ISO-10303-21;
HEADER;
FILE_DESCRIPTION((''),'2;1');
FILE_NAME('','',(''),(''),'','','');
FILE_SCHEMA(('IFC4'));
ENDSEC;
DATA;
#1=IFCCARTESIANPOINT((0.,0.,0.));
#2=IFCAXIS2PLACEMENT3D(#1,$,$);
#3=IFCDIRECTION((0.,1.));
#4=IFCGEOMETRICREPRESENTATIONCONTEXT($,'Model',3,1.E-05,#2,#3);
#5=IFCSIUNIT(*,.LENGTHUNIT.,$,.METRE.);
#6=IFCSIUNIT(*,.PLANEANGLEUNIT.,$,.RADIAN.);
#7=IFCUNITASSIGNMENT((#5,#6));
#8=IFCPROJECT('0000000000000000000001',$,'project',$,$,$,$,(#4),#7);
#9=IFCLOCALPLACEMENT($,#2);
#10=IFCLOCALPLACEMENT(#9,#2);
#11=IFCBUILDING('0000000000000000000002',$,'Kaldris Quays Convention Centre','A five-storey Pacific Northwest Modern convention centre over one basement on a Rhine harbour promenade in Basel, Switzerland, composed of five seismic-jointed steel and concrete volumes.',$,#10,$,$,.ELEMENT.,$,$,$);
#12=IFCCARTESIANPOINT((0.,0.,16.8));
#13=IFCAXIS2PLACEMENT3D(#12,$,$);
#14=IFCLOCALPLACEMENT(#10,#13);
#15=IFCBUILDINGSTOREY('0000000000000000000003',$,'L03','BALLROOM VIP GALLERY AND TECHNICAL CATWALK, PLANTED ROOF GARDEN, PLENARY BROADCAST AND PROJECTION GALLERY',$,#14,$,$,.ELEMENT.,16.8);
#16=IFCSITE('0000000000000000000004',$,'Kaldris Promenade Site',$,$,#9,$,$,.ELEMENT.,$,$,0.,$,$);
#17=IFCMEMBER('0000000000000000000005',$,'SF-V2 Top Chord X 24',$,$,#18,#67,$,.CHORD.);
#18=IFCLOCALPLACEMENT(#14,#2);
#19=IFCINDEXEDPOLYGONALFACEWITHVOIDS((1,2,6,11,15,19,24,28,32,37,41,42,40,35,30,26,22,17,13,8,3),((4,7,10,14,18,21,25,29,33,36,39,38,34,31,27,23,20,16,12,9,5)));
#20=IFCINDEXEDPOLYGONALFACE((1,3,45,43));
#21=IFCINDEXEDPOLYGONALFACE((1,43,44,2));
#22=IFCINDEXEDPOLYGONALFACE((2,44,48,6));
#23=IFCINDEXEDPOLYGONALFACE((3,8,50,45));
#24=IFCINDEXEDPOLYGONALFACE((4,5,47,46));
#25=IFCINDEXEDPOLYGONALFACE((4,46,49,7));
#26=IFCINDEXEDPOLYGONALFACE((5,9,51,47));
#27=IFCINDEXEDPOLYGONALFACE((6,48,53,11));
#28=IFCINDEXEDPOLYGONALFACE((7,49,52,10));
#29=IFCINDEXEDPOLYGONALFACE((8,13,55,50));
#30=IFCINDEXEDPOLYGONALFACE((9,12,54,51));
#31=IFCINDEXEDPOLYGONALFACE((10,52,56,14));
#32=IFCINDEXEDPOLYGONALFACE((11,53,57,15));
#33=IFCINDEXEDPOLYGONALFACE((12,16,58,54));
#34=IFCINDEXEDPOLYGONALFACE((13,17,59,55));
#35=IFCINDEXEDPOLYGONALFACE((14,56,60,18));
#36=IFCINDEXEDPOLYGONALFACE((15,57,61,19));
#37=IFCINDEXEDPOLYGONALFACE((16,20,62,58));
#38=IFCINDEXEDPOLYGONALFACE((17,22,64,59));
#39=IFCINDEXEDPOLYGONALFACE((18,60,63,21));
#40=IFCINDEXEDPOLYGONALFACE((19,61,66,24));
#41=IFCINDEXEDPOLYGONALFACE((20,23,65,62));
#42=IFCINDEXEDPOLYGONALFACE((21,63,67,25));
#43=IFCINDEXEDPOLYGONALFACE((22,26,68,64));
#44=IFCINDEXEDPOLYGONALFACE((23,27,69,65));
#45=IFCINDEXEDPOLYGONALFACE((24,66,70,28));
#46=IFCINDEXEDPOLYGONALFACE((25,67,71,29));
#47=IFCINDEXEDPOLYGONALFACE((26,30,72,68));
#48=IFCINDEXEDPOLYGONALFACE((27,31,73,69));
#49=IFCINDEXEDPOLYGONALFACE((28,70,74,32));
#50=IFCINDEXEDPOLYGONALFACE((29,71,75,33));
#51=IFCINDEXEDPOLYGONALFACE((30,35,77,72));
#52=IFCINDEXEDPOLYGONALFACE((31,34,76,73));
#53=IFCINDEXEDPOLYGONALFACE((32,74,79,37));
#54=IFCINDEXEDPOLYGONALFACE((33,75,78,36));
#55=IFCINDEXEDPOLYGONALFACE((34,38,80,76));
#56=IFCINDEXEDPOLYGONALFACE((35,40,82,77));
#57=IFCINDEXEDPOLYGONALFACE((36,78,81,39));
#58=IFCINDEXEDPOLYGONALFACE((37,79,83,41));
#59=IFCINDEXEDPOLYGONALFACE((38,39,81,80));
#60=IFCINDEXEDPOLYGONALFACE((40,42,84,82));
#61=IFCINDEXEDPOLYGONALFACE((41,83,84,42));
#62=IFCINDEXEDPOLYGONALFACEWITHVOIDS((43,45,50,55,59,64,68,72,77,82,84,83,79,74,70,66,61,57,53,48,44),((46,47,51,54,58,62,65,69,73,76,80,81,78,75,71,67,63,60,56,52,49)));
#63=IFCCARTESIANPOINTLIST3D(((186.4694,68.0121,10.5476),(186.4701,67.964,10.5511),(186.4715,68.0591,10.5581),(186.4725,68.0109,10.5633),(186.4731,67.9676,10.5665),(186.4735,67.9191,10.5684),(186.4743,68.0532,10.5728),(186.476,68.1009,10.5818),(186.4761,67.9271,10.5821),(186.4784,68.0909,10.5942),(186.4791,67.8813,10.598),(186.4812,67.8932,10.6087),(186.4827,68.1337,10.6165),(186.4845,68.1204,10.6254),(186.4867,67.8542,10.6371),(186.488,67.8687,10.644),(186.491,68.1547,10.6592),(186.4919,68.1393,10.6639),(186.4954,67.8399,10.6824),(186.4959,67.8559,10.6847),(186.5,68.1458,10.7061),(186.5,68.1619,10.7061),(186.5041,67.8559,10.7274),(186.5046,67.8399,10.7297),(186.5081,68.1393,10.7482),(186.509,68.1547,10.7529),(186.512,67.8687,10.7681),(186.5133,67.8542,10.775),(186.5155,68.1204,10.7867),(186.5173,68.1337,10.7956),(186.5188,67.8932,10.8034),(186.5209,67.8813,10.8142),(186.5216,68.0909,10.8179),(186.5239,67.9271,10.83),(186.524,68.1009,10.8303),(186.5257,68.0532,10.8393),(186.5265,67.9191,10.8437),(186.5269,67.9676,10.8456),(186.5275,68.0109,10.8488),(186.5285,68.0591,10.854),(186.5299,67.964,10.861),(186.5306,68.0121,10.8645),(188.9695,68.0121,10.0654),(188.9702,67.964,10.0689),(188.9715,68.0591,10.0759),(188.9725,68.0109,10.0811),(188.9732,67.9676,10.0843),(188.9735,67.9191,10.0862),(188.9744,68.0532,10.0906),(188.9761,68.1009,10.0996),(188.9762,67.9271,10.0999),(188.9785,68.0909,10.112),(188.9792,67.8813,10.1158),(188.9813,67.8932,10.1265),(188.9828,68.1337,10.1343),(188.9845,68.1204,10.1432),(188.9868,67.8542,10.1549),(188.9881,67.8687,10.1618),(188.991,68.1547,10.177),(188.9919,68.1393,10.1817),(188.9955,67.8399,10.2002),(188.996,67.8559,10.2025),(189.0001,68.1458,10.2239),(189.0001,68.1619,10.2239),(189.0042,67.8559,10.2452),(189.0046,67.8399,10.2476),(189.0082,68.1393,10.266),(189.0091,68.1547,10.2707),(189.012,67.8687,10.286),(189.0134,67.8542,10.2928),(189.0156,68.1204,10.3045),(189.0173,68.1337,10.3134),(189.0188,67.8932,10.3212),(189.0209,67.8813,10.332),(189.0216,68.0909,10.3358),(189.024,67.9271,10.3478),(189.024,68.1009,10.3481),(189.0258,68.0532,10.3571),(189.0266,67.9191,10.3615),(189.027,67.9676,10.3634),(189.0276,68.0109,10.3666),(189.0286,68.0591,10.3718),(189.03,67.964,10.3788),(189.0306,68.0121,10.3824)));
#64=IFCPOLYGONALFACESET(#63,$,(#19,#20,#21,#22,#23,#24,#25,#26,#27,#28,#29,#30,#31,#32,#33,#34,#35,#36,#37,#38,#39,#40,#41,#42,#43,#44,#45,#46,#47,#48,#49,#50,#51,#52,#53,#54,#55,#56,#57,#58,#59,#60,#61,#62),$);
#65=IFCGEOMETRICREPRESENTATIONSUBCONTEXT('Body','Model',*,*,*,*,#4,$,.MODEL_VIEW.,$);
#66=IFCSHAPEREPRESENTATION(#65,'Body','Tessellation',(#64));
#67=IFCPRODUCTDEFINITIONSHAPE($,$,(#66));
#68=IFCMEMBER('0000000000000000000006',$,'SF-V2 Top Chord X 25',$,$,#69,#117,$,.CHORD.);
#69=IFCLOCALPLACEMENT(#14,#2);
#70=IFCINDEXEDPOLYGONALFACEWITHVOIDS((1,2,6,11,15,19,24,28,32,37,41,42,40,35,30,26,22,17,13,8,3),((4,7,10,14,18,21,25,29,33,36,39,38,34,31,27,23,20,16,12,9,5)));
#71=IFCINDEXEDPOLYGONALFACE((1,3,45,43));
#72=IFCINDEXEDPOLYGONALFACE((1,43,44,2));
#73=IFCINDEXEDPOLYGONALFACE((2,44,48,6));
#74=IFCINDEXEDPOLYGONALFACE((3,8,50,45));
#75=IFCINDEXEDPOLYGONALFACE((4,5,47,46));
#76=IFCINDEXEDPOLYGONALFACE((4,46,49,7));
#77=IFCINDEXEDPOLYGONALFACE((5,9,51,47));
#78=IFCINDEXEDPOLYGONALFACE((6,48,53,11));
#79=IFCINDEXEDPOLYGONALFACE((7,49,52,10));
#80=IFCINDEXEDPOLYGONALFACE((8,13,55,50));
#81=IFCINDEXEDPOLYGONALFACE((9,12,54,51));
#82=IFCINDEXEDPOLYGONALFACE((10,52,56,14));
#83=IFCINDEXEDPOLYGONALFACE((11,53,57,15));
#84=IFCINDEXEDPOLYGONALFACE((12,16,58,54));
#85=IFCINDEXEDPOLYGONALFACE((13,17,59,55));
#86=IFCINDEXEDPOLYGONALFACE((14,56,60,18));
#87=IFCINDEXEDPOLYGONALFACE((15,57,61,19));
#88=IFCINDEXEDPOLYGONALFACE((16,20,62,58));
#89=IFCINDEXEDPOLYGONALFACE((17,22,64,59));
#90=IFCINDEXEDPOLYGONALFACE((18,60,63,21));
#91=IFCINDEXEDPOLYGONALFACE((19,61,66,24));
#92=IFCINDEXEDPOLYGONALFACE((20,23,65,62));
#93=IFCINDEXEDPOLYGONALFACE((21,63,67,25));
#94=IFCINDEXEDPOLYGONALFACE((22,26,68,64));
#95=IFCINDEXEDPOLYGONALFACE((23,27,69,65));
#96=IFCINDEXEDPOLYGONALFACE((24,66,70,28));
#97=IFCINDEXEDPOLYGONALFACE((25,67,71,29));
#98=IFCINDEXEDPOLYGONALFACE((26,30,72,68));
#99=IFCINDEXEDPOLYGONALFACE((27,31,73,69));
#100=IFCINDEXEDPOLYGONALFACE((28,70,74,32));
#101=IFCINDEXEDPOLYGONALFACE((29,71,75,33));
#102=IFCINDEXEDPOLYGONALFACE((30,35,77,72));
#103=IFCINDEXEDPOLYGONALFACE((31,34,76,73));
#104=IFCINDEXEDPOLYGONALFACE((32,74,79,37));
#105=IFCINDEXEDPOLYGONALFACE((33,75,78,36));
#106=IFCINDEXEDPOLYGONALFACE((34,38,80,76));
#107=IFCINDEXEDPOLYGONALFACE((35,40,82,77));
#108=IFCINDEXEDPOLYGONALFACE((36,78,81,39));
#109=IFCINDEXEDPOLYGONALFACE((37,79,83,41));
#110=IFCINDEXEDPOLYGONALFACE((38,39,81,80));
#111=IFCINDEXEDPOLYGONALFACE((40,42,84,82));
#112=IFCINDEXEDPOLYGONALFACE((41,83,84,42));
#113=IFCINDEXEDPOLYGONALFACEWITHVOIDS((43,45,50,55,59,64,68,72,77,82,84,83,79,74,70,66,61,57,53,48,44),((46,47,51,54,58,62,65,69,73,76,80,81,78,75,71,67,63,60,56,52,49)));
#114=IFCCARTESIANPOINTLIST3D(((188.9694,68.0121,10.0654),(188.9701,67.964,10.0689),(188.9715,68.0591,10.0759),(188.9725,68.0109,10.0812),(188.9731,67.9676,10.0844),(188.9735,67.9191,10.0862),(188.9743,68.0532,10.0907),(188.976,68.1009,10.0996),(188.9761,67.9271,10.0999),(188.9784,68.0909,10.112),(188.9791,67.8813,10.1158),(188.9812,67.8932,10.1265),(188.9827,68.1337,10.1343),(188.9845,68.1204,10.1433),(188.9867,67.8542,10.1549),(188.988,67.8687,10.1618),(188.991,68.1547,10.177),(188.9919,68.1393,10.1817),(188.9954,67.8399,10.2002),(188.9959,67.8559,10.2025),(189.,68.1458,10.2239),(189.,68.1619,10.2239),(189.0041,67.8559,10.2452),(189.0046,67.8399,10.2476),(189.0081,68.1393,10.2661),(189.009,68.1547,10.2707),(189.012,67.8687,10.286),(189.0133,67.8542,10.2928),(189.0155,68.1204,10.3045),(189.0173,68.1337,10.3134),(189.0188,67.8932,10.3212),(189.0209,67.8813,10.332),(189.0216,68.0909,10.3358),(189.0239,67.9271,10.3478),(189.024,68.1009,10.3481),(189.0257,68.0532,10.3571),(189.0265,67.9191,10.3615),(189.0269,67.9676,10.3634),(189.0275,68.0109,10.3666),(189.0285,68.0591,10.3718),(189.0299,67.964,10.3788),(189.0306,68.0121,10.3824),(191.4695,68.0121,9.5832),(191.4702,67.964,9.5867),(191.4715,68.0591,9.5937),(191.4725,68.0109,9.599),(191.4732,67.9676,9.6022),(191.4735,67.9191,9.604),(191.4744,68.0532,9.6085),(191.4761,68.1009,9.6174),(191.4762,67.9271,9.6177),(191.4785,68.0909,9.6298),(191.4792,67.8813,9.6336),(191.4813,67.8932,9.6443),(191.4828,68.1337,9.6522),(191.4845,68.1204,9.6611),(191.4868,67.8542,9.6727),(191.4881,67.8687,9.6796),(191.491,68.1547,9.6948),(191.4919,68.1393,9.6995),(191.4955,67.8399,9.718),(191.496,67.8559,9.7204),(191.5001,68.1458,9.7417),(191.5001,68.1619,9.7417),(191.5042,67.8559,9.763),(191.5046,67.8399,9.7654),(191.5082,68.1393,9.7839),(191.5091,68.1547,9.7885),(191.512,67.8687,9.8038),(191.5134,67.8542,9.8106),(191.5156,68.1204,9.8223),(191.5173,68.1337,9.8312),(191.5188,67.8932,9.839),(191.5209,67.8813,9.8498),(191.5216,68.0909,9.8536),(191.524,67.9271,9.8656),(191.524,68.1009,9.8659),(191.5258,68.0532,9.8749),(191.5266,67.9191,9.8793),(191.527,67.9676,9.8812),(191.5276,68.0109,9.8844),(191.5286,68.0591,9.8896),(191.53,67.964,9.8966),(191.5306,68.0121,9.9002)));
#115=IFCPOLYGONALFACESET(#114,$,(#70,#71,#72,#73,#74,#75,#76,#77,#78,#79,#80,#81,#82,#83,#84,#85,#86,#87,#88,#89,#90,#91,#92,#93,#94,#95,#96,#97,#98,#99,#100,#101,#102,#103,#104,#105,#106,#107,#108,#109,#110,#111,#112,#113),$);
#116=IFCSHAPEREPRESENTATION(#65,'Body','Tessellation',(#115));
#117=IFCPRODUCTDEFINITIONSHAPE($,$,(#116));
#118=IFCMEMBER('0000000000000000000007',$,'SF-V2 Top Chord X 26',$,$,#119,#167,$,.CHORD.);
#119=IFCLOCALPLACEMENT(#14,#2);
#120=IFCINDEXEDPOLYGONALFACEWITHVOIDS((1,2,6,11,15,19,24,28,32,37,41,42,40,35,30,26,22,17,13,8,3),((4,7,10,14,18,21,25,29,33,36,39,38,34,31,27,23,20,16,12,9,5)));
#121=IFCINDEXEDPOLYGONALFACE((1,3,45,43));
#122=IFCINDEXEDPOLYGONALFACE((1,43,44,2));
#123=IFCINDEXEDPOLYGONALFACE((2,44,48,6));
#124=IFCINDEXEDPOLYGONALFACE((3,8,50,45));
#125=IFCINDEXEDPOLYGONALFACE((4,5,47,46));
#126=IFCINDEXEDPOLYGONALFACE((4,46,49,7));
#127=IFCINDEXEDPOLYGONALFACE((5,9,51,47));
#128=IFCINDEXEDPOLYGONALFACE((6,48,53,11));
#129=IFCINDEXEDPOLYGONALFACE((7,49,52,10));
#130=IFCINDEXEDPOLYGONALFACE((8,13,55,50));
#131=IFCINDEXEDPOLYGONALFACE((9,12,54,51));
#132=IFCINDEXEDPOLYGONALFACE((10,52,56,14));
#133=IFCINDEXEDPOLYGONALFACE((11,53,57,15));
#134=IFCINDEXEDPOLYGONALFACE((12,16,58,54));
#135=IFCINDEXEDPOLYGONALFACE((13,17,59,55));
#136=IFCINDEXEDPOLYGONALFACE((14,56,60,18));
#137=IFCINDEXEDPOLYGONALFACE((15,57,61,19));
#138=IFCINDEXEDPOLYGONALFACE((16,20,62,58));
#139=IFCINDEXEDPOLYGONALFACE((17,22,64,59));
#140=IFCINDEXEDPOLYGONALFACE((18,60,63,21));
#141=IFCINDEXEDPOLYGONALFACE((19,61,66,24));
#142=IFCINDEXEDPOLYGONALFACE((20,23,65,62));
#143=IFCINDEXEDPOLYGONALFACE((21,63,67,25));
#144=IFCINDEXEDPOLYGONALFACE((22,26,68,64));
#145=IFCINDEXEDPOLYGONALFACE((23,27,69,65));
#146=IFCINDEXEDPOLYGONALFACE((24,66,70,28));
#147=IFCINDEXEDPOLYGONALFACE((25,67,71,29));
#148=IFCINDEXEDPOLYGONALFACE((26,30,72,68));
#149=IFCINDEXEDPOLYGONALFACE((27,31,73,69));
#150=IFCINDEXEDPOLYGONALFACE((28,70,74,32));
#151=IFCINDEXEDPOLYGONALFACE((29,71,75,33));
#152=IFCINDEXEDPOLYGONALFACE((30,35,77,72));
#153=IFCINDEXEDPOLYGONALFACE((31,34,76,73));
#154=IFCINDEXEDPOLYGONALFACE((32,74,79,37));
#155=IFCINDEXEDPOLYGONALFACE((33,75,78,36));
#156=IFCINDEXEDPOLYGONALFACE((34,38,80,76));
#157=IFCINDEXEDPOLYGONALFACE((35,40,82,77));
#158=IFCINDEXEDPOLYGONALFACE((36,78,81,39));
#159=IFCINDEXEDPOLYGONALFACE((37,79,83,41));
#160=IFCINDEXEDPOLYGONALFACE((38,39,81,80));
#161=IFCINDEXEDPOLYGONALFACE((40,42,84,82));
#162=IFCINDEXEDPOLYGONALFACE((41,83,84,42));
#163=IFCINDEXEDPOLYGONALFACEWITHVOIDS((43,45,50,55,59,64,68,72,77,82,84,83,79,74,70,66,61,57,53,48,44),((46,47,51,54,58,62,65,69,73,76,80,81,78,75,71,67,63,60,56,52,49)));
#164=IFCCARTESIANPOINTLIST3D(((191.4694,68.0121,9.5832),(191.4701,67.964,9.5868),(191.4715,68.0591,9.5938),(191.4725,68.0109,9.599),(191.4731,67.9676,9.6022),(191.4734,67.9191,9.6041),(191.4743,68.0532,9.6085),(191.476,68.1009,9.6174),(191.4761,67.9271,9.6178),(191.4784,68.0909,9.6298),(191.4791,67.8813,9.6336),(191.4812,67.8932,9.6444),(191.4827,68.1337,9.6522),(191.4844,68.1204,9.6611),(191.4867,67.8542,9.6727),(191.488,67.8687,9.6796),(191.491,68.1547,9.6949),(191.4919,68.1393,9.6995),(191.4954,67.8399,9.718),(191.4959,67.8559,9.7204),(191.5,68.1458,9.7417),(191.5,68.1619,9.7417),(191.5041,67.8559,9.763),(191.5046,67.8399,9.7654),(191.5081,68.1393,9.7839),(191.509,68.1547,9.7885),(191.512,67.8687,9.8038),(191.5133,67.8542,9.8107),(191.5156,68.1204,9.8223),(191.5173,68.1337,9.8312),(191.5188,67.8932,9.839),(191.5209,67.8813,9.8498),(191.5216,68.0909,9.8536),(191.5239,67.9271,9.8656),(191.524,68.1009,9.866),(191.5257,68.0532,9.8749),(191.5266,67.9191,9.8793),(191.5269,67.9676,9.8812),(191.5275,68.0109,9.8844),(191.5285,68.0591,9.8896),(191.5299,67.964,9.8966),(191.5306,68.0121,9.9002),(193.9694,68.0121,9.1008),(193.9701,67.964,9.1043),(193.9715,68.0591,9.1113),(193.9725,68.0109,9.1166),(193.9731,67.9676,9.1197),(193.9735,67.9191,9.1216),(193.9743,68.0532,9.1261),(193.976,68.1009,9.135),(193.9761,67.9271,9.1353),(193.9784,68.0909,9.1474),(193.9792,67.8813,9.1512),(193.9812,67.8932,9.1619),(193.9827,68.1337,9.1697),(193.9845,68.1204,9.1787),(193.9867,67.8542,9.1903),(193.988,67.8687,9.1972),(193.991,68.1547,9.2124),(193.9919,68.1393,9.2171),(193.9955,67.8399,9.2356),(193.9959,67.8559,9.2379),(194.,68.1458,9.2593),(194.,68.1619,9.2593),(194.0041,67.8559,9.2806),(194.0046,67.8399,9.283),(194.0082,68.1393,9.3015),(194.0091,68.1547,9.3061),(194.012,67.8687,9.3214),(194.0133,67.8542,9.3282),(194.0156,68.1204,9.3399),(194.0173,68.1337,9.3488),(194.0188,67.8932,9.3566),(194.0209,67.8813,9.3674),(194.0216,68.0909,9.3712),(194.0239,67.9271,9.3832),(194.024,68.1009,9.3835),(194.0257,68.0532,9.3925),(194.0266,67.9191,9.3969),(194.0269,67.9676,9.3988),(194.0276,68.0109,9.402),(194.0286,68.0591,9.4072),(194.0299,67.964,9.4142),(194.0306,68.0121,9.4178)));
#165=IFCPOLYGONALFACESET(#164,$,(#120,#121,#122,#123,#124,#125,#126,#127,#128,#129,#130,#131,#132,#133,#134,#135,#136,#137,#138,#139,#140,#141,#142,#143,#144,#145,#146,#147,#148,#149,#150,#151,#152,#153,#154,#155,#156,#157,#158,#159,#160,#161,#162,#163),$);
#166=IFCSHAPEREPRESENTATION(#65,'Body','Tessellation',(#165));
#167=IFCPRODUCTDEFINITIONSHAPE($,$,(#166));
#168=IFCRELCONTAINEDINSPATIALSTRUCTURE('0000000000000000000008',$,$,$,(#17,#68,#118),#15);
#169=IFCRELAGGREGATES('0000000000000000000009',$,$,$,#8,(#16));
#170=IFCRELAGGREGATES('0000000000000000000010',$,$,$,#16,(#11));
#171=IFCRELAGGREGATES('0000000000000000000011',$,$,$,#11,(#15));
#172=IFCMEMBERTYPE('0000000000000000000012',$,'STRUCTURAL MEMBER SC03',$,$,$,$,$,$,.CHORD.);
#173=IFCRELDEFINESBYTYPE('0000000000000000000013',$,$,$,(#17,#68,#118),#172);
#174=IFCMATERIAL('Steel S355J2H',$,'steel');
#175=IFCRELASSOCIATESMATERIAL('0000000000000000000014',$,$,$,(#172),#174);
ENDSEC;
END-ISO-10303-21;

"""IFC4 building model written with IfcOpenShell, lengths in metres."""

from ifc_helpers import new_model, si_unit, direction, frame, origin, origin_2d, place, context, subcontext, project, spatial, hollow_circle, extrude, material, material_profile, profile_set, type_object, element, save


model = new_model("IFC4")

# Units and contexts
model_context = context("Model", 3, precision=1e-05, world=origin(), true_north=direction((0.0, 1.0)))
body_context = subcontext(model_context, "Body", "Model", "MODEL_VIEW")
ifc_project = project(units=[si_unit("LENGTHUNIT", "METRE"), si_unit("PLANEANGLEUNIT", "RADIAN")], contexts=[model_context])

# Site, building, storey
site_placement = place(None, origin())
site = spatial("IfcSite", under=ifc_project, at=site_placement, Name="Kaldris Promenade Site", CompositionType="ELEMENT", RefElevation=0.0)
building_placement = place(site_placement, origin())
building = spatial("IfcBuilding", under=site, at=building_placement, Name="Kaldris Quays Convention Centre", Description="A five-storey Pacific Northwest Modern convention centre over one basement on a Rhine harbour promenade in Basel, Switzerland, composed of five seismic-jointed steel and concrete volumes.", CompositionType="ELEMENT")
storey_placement = place(building_placement, frame((0.0, 0.0, 16.8)))
storey = spatial("IfcBuildingStorey", under=building, at=storey_placement, Name="L03", Description="BALLROOM VIP GALLERY AND TECHNICAL CATWALK, PLANTED ROOF GARDEN, PLENARY BROADCAST AND PROJECTION GALLERY", CompositionType="ELEMENT", Elevation=16.8)

# Members
ifc_material_1 = material(Name="Steel S355J2H", Category="steel")
ifc_material_profile_1 = material_profile(ifc_material_1, hollow_circle(Radius=0.1619, WallThickness=0.0161, at=origin_2d()), Name="CHS 323.9x16")
ifc_profile_set_1 = profile_set([ifc_material_profile_1], Name="Steel S355J2H")
member_type_1 = type_object("IfcMemberType", Name="STRUCTURAL MEMBER SC03", PredefinedType="CHORD", material=ifc_profile_set_1)
for number, where, z_axis, x_axis, name in (
    (1, (186.5, 68.0, 10.7061), (0.981904, 0.0, -0.189381), (0.0, 1.0, 0.0), "SF-V2 Top Chord X 24"),
    (2, (189.0, 68.0, 10.2239), (0.981904, 0.0, -0.189381), (0.0, 1.0, 0.0), "SF-V2 Top Chord X 25"),
    (3, (191.5, 68.0, 9.7417), (0.981886, 0.0, -0.189473), (0.0, 1.0, 0.0), "SF-V2 Top Chord X 26"),
):
    element("IfcMember", number, at=place(storey_placement, frame(where, z_axis=z_axis, x_axis=x_axis)), inside=storey, type_object=member_type_1, Name=name, PredefinedType="CHORD", context=body_context, shape_type="SweptSolid", body=[
        extrude(hollow_circle(Radius=0.1619, WallThickness=0.0161, at=origin_2d()), origin(), (0.0, 0.0, 1.0), 2.5461),
    ])

save(model, "model.ifc")
